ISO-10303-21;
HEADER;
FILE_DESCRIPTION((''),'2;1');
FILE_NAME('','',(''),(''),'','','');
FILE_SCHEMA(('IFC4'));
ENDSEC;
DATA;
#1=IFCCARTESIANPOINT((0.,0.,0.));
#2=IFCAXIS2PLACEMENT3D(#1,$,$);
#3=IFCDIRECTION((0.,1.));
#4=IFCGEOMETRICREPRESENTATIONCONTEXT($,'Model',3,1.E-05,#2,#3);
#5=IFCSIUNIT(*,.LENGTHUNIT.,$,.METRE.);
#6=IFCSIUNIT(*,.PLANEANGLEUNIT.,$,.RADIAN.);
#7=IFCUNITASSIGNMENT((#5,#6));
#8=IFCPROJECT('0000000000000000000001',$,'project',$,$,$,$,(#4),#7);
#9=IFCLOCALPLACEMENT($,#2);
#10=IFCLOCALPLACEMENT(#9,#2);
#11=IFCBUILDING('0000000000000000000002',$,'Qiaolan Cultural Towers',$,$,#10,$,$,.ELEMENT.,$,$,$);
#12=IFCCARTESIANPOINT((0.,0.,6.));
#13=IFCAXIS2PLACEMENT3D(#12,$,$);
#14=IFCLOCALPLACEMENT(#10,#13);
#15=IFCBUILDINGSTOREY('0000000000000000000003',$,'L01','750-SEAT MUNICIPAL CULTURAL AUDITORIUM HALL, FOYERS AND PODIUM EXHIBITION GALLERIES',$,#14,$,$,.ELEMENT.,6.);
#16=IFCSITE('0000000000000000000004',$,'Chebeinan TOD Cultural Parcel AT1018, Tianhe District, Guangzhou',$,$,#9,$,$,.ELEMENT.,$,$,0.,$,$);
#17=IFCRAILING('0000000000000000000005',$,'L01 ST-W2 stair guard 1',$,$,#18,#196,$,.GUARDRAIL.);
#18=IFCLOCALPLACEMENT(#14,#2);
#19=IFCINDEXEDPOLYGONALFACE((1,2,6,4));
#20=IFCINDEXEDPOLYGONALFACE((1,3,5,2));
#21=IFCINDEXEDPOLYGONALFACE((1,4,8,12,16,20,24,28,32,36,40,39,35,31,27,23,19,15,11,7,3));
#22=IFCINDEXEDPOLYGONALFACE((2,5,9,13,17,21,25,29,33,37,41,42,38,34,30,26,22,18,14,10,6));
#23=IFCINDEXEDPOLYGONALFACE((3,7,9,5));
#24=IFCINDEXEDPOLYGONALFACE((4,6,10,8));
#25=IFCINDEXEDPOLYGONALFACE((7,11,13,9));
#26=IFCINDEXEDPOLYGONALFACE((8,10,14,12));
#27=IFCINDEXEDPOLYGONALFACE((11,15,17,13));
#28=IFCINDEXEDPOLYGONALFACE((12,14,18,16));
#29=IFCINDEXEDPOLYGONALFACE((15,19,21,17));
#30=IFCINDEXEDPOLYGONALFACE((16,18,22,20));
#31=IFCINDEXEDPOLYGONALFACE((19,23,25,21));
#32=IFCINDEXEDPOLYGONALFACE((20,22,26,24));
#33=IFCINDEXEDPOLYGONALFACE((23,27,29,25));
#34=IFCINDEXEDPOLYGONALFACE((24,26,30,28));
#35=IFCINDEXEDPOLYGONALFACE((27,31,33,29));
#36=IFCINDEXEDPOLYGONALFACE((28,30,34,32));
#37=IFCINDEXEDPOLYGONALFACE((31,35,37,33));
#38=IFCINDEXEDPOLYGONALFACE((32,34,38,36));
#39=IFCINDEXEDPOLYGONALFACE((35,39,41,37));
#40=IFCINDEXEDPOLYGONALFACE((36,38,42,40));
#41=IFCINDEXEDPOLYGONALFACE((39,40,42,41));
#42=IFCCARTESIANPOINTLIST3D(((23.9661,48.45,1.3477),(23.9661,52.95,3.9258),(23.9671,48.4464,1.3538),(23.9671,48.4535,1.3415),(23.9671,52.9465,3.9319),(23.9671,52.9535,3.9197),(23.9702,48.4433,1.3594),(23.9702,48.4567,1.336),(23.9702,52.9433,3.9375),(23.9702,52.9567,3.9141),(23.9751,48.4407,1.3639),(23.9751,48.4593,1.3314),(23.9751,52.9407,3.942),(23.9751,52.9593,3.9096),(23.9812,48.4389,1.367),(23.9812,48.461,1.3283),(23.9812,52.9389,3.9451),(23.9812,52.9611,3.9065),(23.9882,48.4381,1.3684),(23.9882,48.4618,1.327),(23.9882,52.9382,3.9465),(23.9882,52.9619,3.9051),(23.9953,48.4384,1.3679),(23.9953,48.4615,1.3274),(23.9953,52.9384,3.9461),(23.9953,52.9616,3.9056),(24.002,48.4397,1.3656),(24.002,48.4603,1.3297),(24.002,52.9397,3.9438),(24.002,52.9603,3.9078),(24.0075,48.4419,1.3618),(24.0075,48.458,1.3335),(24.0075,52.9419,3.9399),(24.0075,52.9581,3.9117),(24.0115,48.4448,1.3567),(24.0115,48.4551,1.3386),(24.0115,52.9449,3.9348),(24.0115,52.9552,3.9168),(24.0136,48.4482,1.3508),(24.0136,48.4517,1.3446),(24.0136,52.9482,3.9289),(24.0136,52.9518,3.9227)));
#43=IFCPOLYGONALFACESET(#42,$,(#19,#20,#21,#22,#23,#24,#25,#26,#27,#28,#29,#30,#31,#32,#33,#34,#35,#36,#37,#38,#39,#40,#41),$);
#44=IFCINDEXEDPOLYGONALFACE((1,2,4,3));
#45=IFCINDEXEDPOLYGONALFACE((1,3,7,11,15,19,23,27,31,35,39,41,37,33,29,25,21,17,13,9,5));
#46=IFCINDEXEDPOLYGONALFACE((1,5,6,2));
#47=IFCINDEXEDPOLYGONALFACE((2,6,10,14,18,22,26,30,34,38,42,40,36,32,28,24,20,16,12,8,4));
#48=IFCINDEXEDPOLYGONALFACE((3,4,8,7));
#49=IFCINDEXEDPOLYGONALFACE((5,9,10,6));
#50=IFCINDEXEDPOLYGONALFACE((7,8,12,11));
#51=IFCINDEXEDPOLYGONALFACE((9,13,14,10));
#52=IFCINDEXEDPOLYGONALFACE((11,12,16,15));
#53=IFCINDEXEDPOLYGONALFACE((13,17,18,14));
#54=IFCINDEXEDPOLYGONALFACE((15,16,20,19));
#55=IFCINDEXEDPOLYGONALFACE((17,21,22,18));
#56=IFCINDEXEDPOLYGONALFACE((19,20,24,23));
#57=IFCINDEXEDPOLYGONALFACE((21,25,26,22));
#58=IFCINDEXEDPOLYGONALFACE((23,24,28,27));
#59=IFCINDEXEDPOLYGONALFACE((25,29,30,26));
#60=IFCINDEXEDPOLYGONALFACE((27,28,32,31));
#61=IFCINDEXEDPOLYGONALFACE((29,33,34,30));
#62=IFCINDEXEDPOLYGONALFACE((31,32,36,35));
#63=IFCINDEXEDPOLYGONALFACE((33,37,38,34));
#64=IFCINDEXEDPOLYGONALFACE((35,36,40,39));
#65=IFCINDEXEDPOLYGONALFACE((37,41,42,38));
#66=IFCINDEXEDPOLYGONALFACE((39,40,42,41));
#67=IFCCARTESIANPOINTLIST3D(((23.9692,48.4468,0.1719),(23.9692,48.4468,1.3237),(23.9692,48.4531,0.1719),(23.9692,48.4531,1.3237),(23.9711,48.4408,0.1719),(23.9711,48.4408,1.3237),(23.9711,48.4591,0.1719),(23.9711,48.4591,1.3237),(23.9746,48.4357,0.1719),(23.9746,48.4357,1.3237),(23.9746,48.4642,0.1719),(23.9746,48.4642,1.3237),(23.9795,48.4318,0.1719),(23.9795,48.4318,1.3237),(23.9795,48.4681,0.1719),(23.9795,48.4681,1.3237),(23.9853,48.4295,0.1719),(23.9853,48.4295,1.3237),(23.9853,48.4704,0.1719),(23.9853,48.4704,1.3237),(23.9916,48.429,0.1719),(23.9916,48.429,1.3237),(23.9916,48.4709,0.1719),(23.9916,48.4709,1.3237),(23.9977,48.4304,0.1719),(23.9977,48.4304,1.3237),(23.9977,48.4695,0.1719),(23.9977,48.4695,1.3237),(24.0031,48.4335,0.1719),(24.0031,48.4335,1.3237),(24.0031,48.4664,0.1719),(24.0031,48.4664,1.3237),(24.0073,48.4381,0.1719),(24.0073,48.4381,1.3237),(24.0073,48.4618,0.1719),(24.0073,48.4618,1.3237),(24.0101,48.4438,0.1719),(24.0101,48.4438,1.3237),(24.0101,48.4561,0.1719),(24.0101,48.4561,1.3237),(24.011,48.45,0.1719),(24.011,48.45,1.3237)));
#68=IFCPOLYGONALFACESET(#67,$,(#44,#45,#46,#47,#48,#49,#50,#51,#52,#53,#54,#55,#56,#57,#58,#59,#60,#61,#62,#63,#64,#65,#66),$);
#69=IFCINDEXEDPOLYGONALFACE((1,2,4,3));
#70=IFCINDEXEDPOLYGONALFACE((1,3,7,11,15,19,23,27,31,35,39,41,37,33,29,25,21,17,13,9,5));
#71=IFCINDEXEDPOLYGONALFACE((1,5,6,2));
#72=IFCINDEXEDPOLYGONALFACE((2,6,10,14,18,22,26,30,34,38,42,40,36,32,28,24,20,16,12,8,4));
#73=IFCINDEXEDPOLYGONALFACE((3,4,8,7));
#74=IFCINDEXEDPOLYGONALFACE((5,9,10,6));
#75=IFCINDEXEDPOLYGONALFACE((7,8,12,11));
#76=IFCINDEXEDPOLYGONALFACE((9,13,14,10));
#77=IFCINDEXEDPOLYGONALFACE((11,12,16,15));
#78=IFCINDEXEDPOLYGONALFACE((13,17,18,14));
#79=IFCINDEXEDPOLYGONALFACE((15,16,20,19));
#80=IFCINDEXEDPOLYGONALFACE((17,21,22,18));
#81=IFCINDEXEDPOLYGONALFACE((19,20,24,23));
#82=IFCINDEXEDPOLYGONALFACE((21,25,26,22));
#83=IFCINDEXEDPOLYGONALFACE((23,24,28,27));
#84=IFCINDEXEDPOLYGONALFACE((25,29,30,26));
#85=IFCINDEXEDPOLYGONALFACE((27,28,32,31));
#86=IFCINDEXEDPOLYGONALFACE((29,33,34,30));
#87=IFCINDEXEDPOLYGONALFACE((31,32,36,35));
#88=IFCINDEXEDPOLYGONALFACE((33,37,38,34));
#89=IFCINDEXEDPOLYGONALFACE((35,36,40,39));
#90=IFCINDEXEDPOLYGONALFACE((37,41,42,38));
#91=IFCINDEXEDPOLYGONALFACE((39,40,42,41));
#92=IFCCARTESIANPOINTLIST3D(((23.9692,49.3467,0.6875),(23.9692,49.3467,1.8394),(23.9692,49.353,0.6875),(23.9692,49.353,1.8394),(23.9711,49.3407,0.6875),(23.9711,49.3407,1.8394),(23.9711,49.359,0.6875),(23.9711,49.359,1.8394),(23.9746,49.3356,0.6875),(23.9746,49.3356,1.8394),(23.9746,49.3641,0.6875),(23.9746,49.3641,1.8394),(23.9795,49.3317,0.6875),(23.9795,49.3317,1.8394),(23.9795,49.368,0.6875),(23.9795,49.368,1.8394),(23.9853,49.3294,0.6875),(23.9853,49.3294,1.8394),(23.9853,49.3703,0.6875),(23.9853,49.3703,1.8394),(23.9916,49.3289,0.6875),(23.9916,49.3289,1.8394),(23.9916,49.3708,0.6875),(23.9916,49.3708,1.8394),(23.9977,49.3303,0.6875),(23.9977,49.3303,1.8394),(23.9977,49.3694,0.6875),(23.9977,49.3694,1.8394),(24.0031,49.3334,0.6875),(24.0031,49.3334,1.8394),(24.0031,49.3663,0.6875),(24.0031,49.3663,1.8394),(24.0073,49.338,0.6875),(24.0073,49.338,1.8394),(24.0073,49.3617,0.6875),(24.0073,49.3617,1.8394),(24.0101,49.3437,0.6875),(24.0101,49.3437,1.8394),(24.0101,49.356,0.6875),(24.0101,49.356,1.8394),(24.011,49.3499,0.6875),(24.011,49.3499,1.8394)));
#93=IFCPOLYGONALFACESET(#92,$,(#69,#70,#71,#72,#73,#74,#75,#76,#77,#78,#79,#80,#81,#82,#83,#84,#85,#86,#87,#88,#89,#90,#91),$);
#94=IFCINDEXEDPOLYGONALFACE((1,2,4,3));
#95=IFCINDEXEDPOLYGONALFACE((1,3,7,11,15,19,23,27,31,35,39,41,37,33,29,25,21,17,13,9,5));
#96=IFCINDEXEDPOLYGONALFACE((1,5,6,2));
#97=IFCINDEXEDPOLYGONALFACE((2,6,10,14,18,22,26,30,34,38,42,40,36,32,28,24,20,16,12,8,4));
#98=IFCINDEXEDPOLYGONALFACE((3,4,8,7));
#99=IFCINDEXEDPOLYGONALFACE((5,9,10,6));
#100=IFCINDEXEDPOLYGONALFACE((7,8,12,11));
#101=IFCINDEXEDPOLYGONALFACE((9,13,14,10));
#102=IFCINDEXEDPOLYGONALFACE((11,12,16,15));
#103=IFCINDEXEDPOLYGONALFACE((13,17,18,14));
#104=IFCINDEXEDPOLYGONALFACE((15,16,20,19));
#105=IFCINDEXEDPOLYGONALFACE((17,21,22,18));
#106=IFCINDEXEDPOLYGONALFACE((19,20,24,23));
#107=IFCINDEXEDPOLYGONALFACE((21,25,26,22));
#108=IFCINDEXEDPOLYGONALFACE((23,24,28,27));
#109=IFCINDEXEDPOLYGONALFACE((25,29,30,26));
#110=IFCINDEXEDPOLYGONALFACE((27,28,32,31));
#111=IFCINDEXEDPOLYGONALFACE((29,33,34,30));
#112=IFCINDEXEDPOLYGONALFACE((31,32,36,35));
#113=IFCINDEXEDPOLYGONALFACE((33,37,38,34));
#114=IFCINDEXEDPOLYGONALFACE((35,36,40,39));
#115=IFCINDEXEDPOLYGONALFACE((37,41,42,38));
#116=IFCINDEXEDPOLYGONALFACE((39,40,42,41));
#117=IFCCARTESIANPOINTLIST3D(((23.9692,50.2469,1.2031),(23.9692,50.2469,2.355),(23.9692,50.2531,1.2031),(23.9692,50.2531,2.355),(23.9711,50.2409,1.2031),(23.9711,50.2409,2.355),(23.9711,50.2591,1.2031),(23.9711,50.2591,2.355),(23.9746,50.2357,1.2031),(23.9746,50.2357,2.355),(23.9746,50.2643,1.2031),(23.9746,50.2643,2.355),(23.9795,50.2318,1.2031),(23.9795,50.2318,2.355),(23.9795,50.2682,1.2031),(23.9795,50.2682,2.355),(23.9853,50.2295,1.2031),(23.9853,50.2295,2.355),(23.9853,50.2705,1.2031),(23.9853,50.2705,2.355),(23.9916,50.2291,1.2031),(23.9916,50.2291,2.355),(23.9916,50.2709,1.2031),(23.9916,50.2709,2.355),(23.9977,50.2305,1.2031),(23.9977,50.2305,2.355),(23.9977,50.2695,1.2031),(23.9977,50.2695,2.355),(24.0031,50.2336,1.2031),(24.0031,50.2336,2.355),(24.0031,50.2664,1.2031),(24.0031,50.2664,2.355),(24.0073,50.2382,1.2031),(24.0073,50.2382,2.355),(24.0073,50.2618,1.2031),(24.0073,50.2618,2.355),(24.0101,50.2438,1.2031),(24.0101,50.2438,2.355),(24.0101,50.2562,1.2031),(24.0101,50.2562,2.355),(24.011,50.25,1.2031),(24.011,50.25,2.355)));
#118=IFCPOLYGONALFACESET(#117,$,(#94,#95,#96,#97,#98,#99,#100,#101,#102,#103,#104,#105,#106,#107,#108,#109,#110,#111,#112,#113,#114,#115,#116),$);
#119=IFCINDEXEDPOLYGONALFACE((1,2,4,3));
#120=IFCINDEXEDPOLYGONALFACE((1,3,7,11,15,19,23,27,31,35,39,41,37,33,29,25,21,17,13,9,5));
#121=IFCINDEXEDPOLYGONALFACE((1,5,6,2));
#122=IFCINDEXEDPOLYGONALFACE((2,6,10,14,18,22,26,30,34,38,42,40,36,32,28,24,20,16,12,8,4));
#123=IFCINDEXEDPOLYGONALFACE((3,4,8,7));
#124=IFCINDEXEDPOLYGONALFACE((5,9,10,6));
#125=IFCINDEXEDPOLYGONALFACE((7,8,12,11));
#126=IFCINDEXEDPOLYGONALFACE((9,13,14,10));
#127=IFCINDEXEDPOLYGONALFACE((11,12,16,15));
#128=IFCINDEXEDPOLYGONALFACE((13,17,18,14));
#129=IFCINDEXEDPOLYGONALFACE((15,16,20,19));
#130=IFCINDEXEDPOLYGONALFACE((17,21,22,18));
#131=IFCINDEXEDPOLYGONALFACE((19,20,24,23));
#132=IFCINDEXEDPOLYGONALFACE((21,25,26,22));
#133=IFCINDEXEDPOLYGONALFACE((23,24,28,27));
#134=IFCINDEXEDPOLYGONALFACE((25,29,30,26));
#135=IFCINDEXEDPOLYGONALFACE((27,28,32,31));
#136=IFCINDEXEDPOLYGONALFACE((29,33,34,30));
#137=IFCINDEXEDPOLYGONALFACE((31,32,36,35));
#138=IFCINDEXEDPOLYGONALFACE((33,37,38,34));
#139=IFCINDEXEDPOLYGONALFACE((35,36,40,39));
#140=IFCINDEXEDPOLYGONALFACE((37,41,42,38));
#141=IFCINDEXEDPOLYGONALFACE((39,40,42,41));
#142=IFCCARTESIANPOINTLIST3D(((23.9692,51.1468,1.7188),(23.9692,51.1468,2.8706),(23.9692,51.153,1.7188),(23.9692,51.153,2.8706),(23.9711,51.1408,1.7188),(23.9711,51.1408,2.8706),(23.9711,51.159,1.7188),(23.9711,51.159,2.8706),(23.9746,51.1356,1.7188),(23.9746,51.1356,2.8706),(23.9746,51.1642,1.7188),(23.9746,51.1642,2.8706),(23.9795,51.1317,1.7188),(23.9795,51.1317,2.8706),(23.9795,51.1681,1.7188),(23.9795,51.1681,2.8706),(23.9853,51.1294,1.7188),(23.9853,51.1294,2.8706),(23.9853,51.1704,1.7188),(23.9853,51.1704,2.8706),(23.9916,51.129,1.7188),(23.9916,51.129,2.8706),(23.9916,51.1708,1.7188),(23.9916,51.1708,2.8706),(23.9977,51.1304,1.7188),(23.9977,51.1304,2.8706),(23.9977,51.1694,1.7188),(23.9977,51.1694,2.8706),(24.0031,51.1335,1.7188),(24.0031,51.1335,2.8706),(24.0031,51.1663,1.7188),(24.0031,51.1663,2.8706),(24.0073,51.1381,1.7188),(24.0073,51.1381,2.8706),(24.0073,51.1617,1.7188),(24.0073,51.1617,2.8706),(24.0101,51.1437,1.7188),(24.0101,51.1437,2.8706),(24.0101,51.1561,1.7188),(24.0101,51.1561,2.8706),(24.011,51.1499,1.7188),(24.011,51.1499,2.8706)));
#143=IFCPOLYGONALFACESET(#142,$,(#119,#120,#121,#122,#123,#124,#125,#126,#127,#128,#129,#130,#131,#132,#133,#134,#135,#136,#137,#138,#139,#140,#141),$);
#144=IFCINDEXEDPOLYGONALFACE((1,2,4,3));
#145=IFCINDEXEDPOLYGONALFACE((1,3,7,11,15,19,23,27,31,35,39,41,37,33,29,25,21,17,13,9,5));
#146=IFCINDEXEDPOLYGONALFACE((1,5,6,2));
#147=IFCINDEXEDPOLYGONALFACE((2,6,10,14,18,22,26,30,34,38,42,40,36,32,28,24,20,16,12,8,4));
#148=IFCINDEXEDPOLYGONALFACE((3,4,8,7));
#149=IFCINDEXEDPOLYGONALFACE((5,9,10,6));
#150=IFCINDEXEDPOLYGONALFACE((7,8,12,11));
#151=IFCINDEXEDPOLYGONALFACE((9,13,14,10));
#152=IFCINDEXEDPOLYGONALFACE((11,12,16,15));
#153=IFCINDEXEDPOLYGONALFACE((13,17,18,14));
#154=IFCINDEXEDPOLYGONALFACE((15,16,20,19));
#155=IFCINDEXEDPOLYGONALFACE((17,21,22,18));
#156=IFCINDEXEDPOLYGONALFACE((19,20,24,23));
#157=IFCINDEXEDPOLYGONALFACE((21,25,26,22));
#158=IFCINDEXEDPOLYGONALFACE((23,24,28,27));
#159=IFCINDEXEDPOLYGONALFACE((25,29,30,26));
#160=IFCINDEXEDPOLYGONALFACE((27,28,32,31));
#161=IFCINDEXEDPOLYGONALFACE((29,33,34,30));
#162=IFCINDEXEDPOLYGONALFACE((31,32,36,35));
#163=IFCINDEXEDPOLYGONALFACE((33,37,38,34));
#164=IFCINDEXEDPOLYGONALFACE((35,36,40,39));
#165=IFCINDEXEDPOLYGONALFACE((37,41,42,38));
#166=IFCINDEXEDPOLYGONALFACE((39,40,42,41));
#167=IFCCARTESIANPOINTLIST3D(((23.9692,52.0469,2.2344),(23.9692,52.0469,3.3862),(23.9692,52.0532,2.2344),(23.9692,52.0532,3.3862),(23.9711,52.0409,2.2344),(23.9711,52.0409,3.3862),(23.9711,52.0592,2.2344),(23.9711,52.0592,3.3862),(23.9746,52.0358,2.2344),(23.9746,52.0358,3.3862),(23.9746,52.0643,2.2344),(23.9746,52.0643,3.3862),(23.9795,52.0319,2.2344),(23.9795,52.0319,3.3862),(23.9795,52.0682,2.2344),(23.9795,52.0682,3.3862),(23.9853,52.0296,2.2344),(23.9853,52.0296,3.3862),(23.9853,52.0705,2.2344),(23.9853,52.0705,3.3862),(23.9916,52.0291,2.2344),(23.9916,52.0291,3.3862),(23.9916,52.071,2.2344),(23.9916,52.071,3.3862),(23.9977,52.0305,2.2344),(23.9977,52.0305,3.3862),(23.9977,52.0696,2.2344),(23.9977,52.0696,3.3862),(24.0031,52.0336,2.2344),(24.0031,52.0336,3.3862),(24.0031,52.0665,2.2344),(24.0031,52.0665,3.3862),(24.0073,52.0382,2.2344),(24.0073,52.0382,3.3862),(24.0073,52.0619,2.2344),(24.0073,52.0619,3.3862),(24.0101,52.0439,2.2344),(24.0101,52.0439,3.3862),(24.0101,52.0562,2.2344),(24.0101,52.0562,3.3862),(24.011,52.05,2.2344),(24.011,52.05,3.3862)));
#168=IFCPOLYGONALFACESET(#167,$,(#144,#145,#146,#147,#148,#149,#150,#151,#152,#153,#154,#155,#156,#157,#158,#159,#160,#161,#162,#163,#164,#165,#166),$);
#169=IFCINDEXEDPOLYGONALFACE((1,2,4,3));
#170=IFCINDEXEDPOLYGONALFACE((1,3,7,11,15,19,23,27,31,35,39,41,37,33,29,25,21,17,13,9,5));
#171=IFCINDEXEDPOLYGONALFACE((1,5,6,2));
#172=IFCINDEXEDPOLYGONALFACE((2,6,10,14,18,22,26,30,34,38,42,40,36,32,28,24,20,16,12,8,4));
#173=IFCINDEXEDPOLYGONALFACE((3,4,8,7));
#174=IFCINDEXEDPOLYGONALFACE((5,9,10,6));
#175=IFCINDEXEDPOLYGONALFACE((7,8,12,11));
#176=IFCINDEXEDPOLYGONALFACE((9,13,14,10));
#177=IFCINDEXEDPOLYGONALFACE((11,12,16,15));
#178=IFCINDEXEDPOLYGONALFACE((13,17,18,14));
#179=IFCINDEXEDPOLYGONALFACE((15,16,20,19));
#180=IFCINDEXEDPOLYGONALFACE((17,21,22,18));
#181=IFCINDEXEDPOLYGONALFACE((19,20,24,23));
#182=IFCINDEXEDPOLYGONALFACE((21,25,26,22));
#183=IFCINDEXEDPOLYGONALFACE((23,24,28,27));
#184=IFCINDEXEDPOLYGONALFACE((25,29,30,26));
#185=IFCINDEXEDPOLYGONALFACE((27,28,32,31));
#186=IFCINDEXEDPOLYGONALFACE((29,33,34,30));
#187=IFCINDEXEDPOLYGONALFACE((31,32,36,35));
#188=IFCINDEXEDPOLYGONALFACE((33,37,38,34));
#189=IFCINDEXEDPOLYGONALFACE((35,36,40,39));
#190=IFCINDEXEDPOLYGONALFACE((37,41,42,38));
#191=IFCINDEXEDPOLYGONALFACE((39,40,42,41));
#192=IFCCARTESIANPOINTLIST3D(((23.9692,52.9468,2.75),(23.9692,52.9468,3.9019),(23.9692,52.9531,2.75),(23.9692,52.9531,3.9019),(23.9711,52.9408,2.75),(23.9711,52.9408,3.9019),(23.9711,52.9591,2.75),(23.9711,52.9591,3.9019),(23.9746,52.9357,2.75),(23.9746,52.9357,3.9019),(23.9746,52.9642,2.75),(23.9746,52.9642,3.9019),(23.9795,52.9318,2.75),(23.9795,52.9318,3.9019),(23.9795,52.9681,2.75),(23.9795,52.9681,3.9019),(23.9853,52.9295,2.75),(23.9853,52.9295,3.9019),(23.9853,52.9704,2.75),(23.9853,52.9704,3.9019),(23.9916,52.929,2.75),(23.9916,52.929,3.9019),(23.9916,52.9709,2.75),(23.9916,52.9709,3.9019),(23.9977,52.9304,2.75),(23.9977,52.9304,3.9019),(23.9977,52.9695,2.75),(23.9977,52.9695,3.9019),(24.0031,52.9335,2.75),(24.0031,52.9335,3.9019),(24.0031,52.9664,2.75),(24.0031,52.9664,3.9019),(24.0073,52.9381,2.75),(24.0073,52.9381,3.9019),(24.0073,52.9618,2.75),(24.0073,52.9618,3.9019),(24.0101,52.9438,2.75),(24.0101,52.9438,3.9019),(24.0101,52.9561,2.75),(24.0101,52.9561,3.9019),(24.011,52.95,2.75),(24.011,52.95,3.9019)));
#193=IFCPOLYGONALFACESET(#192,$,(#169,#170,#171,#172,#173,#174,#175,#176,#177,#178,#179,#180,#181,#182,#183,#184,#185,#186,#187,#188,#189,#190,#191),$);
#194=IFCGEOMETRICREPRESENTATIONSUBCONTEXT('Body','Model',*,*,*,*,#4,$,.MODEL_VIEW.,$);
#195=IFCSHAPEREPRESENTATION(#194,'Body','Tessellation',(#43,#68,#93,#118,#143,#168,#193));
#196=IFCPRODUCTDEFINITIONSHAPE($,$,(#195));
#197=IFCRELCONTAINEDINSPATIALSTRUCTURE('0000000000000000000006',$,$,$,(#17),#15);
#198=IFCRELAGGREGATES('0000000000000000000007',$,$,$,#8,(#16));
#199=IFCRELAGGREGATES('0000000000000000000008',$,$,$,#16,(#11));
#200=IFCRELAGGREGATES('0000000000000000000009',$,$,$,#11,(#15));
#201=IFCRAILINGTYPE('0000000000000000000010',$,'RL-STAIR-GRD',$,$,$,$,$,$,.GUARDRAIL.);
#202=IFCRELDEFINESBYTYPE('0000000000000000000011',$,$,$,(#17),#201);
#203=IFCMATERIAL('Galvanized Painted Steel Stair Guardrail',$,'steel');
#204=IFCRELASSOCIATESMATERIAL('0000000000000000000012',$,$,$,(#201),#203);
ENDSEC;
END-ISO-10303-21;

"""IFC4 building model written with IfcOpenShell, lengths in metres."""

from ifc_helpers import new_model, si_unit, direction, frame, origin, origin_2d, place, context, subcontext, project, spatial, circle, extrude, material, type_object, element, save


model = new_model("IFC4")

# Units and contexts
model_context = context("Model", 3, precision=1e-05, world=origin(), true_north=direction((0.0, 1.0)))
body_context = subcontext(model_context, "Body", "Model", "MODEL_VIEW")
ifc_project = project(units=[si_unit("LENGTHUNIT", "METRE"), si_unit("PLANEANGLEUNIT", "RADIAN")], contexts=[model_context])

# Site, building, storey
site_placement = place(None, origin())
site = spatial("IfcSite", under=ifc_project, at=site_placement, Name="Chebeinan TOD Cultural Parcel AT1018, Tianhe District, Guangzhou", CompositionType="ELEMENT", RefElevation=0.0)
building_placement = place(site_placement, origin())
building = spatial("IfcBuilding", under=site, at=building_placement, Name="Qiaolan Cultural Towers", CompositionType="ELEMENT")
storey_placement = place(building_placement, frame((0.0, 0.0, 6.0)))
storey = spatial("IfcBuildingStorey", under=building, at=storey_placement, Name="L01", Description="750-SEAT MUNICIPAL CULTURAL AUDITORIUM HALL, FOYERS AND PODIUM EXHIBITION GALLERIES", CompositionType="ELEMENT", Elevation=6.0)

# Railing
ifc_material_1 = material(Name="Galvanized Painted Steel Stair Guardrail", Category="steel")
railing_type_1 = type_object("IfcRailingType", Name="RL-STAIR-GRD", PredefinedType="GUARDRAIL", material=ifc_material_1)
railing_1_placement = place(storey_placement, frame((23.99, 48.45, 0.1719)))
element("IfcRailing", 1, at=railing_1_placement, inside=storey, type_object=railing_type_1, Name="L01 ST-W2 stair guard 1", PredefinedType="GUARDRAIL", context=body_context, shape_type="SweptSolid", body=[
    extrude(circle(Radius=0.0239, at=origin_2d()), frame((0.0, 0.0, 1.1758), z_axis=(0.0, 0.867686, 0.497112), x_axis=(-1.0, 0.0, 0.0)), (0.0, 0.0, 1.0), 5.1863),
    extrude(circle(Radius=0.021, at=origin_2d()), origin(), (0.0, 0.0, 1.0), 1.1519),
    extrude(circle(Radius=0.021, at=origin_2d()), frame((0.0, 0.8999, 0.5156)), (0.0, 0.0, 1.0), 1.1519),
    extrude(circle(Radius=0.021, at=origin_2d()), frame((0.0, 1.8, 1.0312)), (0.0, 0.0, 1.0), 1.1519),
    extrude(circle(Radius=0.021, at=origin_2d()), frame((0.0, 2.7, 1.5469)), (0.0, 0.0, 1.0), 1.1519),
    extrude(circle(Radius=0.021, at=origin_2d()), frame((0.0, 3.6001, 2.0625)), (0.0, 0.0, 1.0), 1.1519),
    extrude(circle(Radius=0.021, at=origin_2d()), frame((0.0, 4.5, 2.5781)), (0.0, 0.0, 1.0), 1.1519),
])

save(model, "model.ifc")
